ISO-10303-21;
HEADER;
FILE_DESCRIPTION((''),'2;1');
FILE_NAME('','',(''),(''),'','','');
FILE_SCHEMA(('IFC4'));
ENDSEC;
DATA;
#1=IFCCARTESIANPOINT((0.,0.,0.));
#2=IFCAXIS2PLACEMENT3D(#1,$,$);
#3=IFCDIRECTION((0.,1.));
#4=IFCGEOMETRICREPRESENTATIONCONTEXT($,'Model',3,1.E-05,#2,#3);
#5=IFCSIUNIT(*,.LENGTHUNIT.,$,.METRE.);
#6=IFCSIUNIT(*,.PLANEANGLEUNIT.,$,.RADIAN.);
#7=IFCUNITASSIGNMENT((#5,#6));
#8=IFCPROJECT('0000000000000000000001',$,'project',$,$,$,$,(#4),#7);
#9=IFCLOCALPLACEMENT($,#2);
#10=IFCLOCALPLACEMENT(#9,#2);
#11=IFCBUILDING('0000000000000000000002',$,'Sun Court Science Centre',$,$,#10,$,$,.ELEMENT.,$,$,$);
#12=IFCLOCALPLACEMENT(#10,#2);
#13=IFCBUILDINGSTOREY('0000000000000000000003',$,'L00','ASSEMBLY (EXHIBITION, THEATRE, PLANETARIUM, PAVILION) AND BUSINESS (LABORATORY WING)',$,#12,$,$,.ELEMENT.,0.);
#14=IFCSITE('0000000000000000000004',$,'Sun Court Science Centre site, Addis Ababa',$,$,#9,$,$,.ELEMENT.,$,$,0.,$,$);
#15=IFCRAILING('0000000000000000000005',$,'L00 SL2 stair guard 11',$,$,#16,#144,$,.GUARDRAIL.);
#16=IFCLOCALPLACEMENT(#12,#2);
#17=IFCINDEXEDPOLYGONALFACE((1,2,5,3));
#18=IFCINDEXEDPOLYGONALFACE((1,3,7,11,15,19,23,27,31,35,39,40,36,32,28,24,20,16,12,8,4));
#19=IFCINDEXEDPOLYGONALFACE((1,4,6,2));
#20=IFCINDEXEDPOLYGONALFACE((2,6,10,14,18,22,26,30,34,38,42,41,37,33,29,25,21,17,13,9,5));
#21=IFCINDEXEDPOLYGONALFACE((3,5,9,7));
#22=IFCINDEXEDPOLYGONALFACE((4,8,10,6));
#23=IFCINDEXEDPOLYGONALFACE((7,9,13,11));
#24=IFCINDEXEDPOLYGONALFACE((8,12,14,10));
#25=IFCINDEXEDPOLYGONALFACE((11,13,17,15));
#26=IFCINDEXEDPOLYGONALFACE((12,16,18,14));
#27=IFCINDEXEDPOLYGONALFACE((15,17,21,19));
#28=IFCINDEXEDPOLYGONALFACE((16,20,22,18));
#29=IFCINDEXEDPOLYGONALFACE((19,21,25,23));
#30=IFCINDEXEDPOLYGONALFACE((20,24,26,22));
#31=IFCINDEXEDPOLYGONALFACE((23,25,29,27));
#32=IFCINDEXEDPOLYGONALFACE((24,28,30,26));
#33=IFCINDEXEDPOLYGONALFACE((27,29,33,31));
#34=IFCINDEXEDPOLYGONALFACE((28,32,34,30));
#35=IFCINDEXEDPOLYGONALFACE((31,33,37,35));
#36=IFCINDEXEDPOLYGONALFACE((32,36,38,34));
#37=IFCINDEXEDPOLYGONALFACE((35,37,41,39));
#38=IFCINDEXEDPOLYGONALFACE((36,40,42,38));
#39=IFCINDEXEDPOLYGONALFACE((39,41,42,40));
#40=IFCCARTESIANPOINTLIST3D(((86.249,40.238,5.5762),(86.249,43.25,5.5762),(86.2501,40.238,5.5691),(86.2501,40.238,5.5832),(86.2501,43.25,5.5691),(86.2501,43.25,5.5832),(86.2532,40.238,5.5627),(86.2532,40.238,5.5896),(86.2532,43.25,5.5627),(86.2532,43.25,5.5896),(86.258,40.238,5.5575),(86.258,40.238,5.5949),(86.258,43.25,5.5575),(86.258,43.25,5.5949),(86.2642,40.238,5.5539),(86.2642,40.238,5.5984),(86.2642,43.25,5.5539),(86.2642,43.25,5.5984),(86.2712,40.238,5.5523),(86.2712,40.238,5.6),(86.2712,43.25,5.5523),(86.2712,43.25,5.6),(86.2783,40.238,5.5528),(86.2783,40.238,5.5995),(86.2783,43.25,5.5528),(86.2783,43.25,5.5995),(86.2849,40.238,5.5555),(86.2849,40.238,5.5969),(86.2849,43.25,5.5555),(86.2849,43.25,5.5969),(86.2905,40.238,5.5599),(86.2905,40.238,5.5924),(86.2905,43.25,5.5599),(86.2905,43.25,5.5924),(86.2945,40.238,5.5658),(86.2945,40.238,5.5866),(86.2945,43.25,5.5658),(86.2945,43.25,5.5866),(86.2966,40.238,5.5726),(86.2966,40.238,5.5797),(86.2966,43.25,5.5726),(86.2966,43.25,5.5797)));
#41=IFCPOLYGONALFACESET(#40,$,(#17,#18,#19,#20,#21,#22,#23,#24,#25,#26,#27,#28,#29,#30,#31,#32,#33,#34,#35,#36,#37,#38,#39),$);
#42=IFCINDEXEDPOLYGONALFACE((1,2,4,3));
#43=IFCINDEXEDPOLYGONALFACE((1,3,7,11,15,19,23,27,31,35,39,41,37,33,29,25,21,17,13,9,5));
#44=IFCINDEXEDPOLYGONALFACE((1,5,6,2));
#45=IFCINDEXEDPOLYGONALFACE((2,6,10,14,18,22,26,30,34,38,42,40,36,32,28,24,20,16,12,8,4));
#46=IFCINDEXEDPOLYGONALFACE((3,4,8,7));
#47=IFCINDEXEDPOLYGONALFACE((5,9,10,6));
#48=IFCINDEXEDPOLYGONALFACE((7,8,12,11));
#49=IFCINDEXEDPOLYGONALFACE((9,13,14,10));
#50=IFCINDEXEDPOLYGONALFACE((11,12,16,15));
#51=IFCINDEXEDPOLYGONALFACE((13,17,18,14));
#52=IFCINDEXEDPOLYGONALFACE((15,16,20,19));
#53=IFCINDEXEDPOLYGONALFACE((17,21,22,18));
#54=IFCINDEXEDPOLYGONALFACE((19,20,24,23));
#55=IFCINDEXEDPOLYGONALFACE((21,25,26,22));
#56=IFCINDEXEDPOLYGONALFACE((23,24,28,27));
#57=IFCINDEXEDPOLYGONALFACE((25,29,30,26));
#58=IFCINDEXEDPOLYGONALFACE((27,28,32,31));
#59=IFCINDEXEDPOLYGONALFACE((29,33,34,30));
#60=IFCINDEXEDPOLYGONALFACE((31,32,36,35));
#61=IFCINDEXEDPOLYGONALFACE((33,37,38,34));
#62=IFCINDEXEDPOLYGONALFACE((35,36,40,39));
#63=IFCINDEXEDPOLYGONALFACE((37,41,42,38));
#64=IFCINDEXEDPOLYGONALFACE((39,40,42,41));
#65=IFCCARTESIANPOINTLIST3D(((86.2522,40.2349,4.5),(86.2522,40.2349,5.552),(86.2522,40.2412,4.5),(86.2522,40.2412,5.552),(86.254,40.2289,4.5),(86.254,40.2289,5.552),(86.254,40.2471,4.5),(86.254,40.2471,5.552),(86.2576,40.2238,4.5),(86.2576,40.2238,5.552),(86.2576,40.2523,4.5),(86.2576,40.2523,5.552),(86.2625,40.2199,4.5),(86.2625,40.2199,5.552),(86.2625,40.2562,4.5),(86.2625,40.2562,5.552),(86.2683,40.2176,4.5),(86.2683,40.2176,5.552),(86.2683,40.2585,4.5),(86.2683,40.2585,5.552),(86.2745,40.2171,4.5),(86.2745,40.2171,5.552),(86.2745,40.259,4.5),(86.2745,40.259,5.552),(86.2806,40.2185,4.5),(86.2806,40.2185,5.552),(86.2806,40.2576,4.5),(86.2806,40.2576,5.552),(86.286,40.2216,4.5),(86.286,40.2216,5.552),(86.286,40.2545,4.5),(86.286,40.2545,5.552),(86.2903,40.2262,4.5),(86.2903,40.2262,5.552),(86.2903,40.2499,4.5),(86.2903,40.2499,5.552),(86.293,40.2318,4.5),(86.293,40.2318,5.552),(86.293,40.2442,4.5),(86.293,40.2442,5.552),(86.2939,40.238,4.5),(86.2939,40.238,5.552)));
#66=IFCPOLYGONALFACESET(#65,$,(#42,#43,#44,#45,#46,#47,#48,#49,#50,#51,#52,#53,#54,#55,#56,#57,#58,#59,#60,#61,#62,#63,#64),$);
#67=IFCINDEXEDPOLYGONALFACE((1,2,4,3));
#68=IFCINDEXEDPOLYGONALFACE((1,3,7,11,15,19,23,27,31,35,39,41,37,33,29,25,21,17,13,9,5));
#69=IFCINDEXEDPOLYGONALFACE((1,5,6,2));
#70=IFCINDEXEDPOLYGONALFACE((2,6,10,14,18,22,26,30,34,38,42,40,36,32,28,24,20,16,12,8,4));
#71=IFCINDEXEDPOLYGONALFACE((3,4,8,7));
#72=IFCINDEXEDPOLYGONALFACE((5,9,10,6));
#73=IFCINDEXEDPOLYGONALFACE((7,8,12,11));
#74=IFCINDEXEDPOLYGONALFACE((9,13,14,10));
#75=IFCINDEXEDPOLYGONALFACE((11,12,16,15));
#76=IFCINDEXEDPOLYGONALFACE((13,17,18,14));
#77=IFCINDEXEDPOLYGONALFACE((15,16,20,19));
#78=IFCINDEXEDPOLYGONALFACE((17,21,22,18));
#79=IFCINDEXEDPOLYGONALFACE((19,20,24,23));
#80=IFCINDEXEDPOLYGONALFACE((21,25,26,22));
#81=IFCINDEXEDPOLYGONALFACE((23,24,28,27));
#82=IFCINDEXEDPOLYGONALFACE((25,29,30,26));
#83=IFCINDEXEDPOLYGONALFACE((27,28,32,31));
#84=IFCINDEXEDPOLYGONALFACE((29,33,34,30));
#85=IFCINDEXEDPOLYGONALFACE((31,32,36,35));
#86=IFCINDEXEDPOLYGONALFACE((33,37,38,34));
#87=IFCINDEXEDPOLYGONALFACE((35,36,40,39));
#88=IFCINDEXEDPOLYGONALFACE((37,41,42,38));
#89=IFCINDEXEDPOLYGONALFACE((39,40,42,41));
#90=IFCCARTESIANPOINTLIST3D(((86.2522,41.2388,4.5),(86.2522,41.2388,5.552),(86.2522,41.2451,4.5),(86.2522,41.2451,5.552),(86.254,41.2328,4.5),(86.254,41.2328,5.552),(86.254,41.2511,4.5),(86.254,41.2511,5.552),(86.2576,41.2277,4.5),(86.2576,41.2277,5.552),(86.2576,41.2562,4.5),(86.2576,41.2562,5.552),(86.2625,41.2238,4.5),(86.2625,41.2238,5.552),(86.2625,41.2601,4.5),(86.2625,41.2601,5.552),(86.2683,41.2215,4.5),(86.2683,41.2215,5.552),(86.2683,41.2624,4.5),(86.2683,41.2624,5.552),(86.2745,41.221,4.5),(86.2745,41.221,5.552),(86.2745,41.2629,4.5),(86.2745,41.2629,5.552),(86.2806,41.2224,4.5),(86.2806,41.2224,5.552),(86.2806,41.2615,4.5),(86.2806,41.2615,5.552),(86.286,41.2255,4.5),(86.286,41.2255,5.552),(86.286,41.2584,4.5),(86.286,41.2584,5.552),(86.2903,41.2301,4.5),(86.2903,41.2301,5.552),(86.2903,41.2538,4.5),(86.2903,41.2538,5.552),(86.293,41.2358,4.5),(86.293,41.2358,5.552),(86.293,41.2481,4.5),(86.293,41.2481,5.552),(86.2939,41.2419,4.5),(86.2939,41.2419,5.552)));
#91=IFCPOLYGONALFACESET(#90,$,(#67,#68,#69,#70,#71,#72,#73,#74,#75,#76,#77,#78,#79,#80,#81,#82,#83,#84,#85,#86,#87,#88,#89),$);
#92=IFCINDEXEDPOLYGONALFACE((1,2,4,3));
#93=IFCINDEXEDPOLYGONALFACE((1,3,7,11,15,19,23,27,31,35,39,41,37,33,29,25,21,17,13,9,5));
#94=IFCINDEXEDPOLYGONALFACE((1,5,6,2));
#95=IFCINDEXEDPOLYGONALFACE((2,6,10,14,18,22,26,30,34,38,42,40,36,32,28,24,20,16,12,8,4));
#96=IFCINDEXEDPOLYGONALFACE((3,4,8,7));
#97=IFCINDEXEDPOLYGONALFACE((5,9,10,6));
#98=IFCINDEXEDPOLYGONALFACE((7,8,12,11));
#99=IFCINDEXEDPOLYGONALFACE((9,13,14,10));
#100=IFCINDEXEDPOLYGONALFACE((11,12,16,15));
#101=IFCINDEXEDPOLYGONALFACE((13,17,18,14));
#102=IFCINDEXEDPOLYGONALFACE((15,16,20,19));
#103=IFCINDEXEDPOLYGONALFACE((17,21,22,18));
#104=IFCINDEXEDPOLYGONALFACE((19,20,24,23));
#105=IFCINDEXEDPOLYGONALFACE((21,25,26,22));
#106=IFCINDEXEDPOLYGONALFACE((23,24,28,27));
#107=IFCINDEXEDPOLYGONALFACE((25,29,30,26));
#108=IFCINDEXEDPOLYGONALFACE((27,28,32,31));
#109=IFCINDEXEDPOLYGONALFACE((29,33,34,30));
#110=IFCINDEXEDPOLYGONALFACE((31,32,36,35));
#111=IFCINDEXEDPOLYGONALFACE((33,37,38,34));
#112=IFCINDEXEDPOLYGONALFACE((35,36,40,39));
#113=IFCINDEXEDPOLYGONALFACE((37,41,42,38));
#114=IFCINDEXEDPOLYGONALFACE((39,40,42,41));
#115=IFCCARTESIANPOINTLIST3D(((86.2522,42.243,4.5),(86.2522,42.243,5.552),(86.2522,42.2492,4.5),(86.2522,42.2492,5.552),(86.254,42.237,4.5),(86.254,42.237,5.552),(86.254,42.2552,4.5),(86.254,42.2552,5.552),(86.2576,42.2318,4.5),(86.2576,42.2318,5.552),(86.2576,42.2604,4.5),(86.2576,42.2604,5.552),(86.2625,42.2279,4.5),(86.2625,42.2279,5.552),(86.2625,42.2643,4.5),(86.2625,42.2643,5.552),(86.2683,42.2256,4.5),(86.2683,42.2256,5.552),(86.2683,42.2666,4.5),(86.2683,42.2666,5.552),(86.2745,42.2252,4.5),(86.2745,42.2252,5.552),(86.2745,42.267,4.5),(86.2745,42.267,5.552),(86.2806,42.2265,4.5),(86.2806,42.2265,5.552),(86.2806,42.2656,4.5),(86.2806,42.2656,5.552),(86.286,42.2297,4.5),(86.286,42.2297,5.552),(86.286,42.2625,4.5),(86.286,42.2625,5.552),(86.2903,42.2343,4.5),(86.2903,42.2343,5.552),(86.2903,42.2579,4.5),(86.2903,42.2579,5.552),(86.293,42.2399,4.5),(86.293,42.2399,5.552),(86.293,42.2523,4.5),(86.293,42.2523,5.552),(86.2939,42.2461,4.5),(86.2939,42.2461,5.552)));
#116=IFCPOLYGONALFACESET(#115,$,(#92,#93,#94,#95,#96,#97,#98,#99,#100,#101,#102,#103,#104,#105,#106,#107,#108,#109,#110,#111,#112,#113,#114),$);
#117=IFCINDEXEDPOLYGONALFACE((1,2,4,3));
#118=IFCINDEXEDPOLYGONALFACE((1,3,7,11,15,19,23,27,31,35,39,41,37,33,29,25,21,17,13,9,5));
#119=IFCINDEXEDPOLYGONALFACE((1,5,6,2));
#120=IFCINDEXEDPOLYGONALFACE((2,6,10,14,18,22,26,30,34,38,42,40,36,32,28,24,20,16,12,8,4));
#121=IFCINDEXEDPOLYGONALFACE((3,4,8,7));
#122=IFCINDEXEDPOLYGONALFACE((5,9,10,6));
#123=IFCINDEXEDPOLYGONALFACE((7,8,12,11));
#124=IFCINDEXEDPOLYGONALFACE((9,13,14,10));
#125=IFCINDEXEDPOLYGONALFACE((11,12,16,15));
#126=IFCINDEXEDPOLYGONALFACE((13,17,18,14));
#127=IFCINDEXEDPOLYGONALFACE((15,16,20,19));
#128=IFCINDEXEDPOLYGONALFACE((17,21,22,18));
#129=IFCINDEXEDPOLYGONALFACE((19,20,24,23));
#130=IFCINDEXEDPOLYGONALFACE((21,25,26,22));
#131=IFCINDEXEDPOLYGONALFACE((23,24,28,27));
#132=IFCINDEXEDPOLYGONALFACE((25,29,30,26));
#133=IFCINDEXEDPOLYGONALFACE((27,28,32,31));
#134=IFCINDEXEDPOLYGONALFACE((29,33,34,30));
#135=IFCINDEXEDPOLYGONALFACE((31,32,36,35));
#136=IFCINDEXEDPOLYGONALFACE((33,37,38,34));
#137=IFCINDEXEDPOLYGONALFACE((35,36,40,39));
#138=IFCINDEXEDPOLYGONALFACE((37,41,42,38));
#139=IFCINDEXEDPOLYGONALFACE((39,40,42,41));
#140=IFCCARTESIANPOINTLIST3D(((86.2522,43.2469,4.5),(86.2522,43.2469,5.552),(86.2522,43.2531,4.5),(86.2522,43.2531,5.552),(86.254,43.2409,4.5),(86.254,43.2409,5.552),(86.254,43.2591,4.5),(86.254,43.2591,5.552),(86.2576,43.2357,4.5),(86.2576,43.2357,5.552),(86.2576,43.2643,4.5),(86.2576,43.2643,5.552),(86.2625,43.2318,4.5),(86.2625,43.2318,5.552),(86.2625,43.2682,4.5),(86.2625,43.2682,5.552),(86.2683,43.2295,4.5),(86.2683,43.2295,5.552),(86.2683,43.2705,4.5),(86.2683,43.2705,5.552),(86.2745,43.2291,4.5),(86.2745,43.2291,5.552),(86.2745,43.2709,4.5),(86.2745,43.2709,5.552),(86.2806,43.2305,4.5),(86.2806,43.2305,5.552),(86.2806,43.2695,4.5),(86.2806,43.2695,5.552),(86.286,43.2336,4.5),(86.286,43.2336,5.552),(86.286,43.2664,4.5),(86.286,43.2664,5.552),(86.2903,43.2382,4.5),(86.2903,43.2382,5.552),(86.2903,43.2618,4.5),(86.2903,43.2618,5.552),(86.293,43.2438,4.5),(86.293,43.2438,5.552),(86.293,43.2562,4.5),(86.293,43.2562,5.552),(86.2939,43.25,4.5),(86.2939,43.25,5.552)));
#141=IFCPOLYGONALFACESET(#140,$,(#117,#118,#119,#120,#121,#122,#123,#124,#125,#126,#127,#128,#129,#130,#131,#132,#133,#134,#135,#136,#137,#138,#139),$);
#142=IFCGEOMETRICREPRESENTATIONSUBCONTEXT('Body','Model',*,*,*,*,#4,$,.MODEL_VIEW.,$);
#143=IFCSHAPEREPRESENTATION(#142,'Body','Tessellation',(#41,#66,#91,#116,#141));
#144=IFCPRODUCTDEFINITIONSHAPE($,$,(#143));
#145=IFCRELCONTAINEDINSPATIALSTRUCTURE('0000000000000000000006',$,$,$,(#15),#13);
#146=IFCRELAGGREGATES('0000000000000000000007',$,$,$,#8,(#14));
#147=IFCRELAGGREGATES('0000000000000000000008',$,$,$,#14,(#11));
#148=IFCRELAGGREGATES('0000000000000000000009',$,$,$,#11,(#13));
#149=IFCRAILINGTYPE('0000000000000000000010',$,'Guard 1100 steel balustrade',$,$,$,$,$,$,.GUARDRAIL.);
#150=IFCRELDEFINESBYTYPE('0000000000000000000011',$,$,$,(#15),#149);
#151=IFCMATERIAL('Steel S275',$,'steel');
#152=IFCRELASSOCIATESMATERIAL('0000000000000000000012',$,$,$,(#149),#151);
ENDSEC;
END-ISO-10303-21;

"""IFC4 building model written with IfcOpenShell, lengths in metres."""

from ifc_helpers import new_model, si_unit, direction, frame, origin, origin_2d, place, context, subcontext, project, spatial, circle, extrude, material, type_object, element, save


model = new_model("IFC4")

# Units and contexts
model_context = context("Model", 3, precision=1e-05, world=origin(), true_north=direction((0.0, 1.0)))
body_context = subcontext(model_context, "Body", "Model", "MODEL_VIEW")
ifc_project = project(units=[si_unit("LENGTHUNIT", "METRE"), si_unit("PLANEANGLEUNIT", "RADIAN")], contexts=[model_context])

# Site, building, storey
site_placement = place(None, origin())
site = spatial("IfcSite", under=ifc_project, at=site_placement, Name="Sun Court Science Centre site, Addis Ababa", CompositionType="ELEMENT", RefElevation=0.0)
building_placement = place(site_placement, origin())
building = spatial("IfcBuilding", under=site, at=building_placement, Name="Sun Court Science Centre", CompositionType="ELEMENT")
storey_placement = place(building_placement, origin())
storey = spatial("IfcBuildingStorey", under=building, at=storey_placement, Name="L00", Description="ASSEMBLY (EXHIBITION, THEATRE, PLANETARIUM, PAVILION) AND BUSINESS (LABORATORY WING)", CompositionType="ELEMENT", Elevation=0.0)

# Railing
ifc_material_1 = material(Name="Steel S275", Category="steel")
railing_type = type_object("IfcRailingType", Name="Guard 1100 steel balustrade", PredefinedType="GUARDRAIL", material=ifc_material_1)
for number, where, name in (
    (1, (86.2729, 40.238, 4.5), "L00 SL2 stair guard 11"),
):
    element("IfcRailing", number, at=place(storey_placement, frame(where)), inside=storey, type_object=railing_type, Name=name, PredefinedType="GUARDRAIL", context=body_context, shape_type="SweptSolid", body=[
        extrude(circle(Radius=0.0239, at=origin_2d()), frame((0.0, 0.0, 1.0762), z_axis=(0.0, 1.0, 0.0), x_axis=(-1.0, 0.0, 0.0)), (0.0, 0.0, 1.0), 3.012),
        extrude(circle(Radius=0.021, at=origin_2d()), origin(), (0.0, 0.0, 1.0), 1.052),
        extrude(circle(Radius=0.021, at=origin_2d()), frame((0.0, 1.0039, 0.0)), (0.0, 0.0, 1.0), 1.052),
        extrude(circle(Radius=0.021, at=origin_2d()), frame((0.0, 2.0081, 0.0)), (0.0, 0.0, 1.0), 1.052),
        extrude(circle(Radius=0.021, at=origin_2d()), frame((0.0, 3.012, 0.0)), (0.0, 0.0, 1.0), 1.052),
    ])

save(model, "model.ifc")
